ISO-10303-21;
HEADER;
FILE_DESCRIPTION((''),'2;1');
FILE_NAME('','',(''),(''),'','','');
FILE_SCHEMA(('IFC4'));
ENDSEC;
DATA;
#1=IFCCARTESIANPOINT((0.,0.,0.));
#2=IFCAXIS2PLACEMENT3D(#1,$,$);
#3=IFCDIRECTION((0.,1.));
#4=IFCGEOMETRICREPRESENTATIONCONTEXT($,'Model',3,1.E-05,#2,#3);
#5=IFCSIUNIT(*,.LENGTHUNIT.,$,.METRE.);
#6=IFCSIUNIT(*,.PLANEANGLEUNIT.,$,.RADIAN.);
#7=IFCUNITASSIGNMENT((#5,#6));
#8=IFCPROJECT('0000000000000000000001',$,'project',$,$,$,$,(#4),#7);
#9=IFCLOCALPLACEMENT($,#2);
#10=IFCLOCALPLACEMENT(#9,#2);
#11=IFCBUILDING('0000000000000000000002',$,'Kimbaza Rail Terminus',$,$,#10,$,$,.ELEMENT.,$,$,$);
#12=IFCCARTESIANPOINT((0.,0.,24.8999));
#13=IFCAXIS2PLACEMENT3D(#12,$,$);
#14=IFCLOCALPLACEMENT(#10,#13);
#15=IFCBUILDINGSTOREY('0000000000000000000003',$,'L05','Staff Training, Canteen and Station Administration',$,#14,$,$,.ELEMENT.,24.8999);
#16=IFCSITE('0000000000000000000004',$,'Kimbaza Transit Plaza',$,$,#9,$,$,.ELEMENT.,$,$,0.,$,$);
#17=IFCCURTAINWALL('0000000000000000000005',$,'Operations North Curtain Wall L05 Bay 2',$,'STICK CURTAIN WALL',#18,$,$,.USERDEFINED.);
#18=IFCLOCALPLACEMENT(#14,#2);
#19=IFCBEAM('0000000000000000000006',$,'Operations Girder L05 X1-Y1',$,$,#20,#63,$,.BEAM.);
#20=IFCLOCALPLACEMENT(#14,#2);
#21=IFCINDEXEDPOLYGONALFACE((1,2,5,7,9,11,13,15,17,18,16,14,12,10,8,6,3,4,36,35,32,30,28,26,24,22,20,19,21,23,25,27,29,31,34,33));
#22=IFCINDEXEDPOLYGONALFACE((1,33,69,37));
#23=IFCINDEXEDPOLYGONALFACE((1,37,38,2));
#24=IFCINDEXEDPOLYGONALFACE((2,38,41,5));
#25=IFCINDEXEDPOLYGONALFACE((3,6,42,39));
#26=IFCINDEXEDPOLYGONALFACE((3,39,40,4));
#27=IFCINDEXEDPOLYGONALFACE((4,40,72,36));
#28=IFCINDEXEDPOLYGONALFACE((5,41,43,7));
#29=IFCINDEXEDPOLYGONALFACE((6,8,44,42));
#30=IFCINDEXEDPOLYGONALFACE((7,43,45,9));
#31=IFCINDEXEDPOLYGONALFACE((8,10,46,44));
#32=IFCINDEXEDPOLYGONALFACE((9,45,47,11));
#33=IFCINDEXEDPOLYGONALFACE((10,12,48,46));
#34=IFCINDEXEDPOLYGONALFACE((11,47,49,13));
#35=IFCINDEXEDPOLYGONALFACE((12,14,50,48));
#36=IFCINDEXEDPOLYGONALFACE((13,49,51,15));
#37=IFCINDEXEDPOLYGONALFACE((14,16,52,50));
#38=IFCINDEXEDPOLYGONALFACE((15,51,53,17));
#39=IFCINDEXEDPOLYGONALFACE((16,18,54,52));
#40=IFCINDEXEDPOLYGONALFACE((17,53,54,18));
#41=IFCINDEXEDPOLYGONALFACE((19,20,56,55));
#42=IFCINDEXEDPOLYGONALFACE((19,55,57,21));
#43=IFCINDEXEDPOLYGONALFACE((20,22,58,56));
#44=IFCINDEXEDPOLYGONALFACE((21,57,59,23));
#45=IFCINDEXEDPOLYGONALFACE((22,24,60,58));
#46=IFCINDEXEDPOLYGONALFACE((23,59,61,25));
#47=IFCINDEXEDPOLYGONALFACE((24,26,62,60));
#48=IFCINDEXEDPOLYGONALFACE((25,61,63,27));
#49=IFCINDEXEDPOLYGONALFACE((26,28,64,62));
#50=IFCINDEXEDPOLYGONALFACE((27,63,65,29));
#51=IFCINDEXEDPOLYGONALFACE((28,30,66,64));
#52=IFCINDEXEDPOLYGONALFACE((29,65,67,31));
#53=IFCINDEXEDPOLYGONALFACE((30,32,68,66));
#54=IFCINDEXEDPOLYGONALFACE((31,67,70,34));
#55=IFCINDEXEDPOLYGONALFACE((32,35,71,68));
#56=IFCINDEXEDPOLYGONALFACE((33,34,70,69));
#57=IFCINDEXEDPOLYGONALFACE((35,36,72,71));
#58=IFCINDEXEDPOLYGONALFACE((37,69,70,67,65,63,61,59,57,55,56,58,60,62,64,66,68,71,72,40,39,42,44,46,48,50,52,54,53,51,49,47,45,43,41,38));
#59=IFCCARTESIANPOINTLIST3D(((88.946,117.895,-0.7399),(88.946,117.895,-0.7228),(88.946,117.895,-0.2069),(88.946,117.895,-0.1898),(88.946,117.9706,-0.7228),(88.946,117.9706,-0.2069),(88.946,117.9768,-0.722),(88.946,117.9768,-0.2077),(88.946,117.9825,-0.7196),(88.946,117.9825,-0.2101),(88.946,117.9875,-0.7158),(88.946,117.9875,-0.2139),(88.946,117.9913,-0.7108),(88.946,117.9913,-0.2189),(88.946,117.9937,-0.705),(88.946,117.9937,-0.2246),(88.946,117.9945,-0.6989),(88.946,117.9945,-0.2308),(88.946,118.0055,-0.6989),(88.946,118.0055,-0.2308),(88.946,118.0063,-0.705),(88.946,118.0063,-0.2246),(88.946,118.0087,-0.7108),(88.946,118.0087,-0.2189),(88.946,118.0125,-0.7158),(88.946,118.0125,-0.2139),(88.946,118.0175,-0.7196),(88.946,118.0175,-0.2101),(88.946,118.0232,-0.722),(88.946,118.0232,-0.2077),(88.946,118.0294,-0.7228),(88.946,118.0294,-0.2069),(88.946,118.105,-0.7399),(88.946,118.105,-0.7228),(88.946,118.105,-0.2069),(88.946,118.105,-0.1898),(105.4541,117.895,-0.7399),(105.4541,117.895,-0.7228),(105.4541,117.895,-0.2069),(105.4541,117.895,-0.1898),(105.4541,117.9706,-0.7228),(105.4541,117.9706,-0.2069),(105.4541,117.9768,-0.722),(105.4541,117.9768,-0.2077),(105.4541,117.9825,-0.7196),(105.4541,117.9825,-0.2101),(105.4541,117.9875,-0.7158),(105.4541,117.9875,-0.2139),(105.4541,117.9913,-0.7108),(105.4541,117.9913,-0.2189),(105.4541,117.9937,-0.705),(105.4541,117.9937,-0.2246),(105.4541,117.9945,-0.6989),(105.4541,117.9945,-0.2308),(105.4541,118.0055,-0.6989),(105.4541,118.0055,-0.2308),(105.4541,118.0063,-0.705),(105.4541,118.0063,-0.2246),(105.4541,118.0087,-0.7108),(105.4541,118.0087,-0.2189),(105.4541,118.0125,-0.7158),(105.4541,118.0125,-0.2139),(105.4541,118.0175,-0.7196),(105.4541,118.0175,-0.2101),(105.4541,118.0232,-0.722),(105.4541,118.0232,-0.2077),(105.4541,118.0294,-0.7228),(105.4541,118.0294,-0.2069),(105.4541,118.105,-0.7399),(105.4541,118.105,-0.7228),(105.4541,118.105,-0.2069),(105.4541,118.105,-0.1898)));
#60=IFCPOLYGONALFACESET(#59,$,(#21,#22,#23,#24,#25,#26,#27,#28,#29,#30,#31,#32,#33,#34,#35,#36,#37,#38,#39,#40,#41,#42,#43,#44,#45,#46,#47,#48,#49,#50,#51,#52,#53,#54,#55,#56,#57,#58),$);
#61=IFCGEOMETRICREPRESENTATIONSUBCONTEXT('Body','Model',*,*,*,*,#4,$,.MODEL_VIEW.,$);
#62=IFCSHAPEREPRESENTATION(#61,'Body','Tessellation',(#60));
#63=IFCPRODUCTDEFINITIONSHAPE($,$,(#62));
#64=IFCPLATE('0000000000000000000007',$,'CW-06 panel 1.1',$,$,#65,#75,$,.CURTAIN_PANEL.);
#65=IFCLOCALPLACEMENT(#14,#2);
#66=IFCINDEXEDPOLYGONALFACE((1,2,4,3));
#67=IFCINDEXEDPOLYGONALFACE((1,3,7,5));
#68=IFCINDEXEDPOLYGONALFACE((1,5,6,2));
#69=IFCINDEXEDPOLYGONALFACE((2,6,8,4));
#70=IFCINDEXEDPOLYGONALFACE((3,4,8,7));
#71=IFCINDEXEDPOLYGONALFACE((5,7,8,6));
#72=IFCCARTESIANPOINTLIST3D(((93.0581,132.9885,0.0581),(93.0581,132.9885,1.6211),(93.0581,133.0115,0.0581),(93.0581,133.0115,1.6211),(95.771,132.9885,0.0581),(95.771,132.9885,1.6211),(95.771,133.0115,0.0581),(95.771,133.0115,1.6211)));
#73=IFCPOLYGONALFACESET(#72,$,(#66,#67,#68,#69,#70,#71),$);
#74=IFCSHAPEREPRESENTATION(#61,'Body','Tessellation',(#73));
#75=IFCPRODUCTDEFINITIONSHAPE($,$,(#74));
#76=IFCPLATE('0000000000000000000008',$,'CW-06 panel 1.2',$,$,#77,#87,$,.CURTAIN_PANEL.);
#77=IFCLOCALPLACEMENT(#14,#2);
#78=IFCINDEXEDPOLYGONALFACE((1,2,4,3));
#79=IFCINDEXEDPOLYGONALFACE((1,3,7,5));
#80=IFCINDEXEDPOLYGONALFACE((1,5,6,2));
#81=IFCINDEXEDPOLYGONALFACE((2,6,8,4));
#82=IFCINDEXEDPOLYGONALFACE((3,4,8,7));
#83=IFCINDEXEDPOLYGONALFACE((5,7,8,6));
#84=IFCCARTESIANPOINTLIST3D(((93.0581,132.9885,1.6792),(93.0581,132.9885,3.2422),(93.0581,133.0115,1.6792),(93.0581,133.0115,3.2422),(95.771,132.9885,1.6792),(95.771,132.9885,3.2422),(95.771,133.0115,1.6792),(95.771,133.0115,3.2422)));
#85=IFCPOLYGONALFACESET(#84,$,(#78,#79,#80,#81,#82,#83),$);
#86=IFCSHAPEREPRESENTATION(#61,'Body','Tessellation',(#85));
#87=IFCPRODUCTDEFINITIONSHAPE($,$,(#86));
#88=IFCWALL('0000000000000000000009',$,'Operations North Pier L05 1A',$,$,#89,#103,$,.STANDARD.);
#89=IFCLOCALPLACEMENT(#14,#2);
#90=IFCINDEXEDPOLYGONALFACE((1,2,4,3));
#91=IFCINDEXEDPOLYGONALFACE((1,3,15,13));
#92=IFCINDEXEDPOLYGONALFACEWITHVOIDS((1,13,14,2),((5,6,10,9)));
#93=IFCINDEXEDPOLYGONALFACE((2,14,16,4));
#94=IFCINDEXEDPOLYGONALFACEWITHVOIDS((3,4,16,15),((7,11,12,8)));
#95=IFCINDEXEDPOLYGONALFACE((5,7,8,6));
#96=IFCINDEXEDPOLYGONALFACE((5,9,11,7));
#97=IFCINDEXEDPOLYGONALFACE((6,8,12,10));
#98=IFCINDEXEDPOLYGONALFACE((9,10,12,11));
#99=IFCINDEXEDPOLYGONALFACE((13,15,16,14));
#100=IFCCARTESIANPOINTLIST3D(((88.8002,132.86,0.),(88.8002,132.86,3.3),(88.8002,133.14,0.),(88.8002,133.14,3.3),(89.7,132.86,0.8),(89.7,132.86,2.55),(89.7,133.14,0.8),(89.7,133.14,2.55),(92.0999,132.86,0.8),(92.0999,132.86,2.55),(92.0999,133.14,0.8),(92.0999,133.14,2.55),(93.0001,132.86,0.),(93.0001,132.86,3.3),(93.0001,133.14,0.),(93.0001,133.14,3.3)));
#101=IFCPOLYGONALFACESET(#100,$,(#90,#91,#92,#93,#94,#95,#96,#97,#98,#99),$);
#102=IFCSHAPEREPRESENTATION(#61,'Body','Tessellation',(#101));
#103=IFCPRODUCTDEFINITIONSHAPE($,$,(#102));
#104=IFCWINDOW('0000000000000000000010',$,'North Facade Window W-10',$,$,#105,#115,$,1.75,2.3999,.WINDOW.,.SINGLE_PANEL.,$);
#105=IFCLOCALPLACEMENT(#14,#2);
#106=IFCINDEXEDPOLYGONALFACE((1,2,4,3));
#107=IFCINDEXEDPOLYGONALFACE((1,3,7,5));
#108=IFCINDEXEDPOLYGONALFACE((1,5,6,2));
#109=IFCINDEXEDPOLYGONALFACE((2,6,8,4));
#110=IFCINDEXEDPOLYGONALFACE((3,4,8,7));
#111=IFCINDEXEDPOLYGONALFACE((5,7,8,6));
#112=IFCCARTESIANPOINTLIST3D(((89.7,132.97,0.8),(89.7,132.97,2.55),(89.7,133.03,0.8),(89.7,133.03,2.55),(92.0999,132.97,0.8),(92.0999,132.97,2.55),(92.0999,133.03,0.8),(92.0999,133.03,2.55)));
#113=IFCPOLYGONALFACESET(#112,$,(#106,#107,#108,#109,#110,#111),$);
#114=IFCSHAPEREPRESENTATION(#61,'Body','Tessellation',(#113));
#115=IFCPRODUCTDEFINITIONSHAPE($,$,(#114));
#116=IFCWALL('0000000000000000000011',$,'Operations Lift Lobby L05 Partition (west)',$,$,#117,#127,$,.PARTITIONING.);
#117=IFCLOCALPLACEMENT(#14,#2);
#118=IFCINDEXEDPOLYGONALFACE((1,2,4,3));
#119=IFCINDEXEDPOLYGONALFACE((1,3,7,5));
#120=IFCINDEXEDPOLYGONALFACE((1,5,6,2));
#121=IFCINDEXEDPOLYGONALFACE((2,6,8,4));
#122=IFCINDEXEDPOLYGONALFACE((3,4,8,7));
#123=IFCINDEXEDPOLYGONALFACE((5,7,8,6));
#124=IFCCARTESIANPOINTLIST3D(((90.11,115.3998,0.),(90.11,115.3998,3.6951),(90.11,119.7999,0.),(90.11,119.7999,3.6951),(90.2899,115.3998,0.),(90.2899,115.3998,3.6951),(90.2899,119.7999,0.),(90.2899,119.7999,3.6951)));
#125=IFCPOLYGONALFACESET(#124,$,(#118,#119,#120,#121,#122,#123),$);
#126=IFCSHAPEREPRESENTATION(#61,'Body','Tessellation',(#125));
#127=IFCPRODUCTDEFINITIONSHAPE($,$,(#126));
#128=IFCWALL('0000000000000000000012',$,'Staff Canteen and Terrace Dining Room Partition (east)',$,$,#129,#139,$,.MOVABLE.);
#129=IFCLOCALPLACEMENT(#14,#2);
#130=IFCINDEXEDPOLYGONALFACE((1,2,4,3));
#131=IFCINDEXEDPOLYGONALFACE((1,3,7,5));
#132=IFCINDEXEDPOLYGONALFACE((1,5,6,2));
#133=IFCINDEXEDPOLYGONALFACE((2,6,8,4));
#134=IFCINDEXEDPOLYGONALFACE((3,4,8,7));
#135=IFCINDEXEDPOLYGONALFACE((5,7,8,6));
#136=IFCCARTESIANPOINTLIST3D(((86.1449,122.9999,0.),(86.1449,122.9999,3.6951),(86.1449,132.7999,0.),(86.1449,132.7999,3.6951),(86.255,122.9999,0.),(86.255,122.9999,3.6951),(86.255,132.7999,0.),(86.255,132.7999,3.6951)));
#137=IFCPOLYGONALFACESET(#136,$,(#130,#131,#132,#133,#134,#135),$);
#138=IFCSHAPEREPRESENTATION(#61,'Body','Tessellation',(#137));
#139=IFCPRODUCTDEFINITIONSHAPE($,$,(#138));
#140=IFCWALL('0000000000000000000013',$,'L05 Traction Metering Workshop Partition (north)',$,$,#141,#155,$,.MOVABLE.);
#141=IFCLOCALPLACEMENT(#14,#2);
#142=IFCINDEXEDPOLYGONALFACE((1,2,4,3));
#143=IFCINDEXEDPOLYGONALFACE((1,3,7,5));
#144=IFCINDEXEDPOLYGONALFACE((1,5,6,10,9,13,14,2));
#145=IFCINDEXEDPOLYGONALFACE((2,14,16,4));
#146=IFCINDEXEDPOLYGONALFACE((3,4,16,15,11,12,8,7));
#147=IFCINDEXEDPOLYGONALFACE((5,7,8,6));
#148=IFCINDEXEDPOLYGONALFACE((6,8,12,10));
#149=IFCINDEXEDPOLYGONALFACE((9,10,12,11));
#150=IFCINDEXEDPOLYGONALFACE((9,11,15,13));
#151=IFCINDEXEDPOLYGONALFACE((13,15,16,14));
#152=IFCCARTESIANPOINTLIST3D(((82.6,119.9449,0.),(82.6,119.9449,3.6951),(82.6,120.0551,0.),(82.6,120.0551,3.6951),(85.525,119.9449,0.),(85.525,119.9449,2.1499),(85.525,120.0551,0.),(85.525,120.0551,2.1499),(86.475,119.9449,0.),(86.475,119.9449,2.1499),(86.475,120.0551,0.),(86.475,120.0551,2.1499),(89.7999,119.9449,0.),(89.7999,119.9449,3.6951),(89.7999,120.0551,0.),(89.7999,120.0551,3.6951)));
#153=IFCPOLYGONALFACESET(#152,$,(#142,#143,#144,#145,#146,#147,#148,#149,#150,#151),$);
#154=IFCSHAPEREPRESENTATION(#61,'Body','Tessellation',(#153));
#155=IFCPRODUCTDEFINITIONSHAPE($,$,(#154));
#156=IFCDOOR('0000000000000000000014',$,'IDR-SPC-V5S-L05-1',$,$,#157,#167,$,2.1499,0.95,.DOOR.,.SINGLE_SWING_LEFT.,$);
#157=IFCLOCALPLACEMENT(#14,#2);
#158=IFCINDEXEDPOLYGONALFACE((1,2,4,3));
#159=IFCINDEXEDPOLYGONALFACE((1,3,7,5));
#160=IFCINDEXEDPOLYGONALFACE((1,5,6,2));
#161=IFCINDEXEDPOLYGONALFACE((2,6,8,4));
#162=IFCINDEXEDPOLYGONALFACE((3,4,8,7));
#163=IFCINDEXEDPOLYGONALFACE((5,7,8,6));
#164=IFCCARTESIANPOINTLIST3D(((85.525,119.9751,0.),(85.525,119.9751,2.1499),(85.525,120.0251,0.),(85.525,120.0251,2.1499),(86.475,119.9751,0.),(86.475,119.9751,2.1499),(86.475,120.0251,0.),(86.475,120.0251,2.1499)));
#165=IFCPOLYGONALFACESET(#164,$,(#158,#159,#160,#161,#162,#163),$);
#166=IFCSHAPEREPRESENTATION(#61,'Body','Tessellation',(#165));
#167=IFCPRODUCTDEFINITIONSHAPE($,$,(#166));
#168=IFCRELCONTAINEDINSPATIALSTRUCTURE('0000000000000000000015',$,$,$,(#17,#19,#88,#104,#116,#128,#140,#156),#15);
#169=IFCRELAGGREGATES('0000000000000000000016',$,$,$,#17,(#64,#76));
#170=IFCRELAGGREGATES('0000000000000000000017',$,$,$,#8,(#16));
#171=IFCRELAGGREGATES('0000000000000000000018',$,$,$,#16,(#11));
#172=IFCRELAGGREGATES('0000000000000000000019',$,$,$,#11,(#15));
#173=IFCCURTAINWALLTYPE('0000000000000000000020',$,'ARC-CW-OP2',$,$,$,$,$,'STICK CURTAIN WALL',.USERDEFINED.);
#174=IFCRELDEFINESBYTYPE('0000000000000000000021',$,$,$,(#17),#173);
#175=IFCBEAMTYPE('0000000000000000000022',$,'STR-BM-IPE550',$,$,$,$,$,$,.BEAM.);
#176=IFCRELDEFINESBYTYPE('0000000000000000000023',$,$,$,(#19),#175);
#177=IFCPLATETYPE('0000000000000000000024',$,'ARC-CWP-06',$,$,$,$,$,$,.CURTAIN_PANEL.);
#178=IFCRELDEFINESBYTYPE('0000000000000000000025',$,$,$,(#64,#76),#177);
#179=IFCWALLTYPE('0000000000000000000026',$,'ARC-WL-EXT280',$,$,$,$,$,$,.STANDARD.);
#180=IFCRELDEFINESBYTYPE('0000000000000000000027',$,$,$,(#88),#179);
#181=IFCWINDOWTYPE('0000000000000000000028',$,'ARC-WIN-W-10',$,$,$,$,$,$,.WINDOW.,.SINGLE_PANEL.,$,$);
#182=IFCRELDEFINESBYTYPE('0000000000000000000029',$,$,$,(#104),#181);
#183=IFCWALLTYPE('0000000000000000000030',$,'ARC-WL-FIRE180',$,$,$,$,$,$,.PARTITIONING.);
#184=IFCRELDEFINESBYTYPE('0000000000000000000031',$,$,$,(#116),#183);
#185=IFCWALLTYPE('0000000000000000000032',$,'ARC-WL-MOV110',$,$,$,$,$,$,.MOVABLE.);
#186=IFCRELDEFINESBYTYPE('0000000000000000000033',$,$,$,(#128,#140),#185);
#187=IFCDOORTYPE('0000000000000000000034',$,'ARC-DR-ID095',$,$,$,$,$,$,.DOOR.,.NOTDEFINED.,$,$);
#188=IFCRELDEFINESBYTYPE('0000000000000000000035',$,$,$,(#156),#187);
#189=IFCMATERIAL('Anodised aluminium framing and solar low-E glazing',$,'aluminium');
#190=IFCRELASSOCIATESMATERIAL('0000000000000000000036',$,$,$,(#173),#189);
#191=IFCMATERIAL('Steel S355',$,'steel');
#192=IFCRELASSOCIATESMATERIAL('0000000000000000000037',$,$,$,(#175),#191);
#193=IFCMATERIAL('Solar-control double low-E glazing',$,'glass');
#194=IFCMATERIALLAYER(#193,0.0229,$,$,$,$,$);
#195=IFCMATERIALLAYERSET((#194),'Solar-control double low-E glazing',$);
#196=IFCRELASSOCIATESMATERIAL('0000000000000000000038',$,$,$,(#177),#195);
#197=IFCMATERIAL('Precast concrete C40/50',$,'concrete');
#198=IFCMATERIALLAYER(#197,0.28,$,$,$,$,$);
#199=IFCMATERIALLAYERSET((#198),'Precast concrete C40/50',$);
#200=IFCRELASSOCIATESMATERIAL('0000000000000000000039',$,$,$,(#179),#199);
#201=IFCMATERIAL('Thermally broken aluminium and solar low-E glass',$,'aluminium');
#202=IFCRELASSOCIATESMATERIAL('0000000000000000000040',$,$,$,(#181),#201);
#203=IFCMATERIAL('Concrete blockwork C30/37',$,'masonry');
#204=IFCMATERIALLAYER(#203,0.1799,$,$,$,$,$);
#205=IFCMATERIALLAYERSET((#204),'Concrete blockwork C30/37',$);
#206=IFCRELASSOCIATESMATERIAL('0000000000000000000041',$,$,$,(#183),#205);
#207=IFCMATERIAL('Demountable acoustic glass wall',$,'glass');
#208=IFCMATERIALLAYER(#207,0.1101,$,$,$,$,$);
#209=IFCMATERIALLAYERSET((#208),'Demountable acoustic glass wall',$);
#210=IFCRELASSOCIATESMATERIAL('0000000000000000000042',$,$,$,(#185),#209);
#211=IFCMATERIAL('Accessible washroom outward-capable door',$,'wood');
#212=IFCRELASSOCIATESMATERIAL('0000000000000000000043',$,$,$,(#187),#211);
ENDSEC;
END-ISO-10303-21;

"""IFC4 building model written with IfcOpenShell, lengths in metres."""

from ifc_helpers import new_model, si_unit, direction, frame, frame_2d, origin, origin_2d, place, context, subcontext, project, spatial, rectangle, i_section, extrude, material, layer, layer_set, material_profile, profile_set, type_object, element, fill, aggregate, save


model = new_model("IFC4")

# Units and contexts
model_context = context("Model", 3, precision=1e-05, world=origin(), true_north=direction((0.0, 1.0)))
body_context = subcontext(model_context, "Body", "Model", "MODEL_VIEW")
ifc_project = project(units=[si_unit("LENGTHUNIT", "METRE"), si_unit("PLANEANGLEUNIT", "RADIAN")], contexts=[model_context])

# Site, building, storey
site_placement = place(None, origin())
site = spatial("IfcSite", under=ifc_project, at=site_placement, Name="Kimbaza Transit Plaza", CompositionType="ELEMENT", RefElevation=0.0)
building_placement = place(site_placement, origin())
building = spatial("IfcBuilding", under=site, at=building_placement, Name="Kimbaza Rail Terminus", CompositionType="ELEMENT")
storey_placement = place(building_placement, frame((0.0, 0.0, 24.8999)))
storey = spatial("IfcBuildingStorey", under=building, at=storey_placement, Name="L05", Description="Staff Training, Canteen and Station Administration", CompositionType="ELEMENT", Elevation=24.8999)

# Curtain wall
ifc_material_1 = material(Name="Anodised aluminium framing and solar low-E glazing", Category="aluminium")
curtain_wall_type = type_object("IfcCurtainWallType", Name="ARC-CW-OP2", ElementType="STICK CURTAIN WALL", PredefinedType="USERDEFINED", material=ifc_material_1)
curtain_wall_placement = place(storey_placement, origin())
curtain_wall = element("IfcCurtainWall", 1, at=curtain_wall_placement, inside=storey, type_object=curtain_wall_type, Name="Operations North Curtain Wall L05 Bay 2", ObjectType="STICK CURTAIN WALL", PredefinedType="USERDEFINED")

# Beam
ifc_material_2 = material(Name="Steel S355", Category="steel")
ifc_material_profile_1 = material_profile(ifc_material_2, i_section(OverallWidth=0.21, OverallDepth=0.55, WebThickness=0.011, FlangeThickness=0.0171, FilletRadius=0.0239, at=origin_2d()), Name="IPE 550")
ifc_profile_set_1 = profile_set([ifc_material_profile_1], Name="Steel S355")
beam_type_1 = type_object("IfcBeamType", Name="STR-BM-IPE550", PredefinedType="BEAM", material=ifc_profile_set_1)
beam_1_placement = place(storey_placement, frame((88.946, 118.0, -0.4648), z_axis=(1.0, 0.0, 0.0), x_axis=(0.0, 1.0, 0.0)))
element("IfcBeam", 2, at=beam_1_placement, inside=storey, type_object=beam_type_1, Name="Operations Girder L05 X1-Y1", PredefinedType="BEAM", context=body_context, shape_type="SweptSolid", body=[
    extrude(i_section(OverallWidth=0.21, OverallDepth=0.55, WebThickness=0.011, FlangeThickness=0.0171, FilletRadius=0.0239, at=origin_2d()), origin(), (0.0, 0.0, 1.0), 16.5081),
])

# Plates
ifc_material_3 = material(Name="Solar-control double low-E glazing", Category="glass")
ifc_layer_1 = layer(ifc_material_3, 0.0229)
ifc_layer_set_1 = layer_set([ifc_layer_1], Name="Solar-control double low-E glazing")
plate_type = type_object("IfcPlateType", Name="ARC-CWP-06", PredefinedType="CURTAIN_PANEL", material=ifc_layer_set_1)
plate_1_placement = place(storey_placement, frame((94.4146, 133.0, 0.0581), z_axis=(0.0, 0.0, 1.0), x_axis=(1.0, 0.0, 0.0)))
plate_1 = element("IfcPlate", 3, at=plate_1_placement, type_object=plate_type, Name="CW-06 panel 1.1", PredefinedType="CURTAIN_PANEL", context=body_context, shape_type="SweptSolid", body=[
    extrude(rectangle(XDim=2.7129, YDim=0.0229, at=origin_2d()), origin(), (0.0, 0.0, 1.0), 1.563),
])
plate_2_placement = place(storey_placement, frame((94.4146, 133.0, 1.6792), z_axis=(0.0, 0.0, 1.0), x_axis=(1.0, 0.0, 0.0)))
plate_2 = element("IfcPlate", 4, at=plate_2_placement, type_object=plate_type, Name="CW-06 panel 1.2", PredefinedType="CURTAIN_PANEL", context=body_context, shape_type="SweptSolid", body=[
    extrude(rectangle(XDim=2.7129, YDim=0.0229, at=origin_2d()), origin(), (0.0, 0.0, 1.0), 1.563),
])
aggregate(curtain_wall, [plate_1, plate_2])

# Wall, opening, window
ifc_material_4 = material(Name="Precast concrete C40/50", Category="concrete")
ifc_layer_2 = layer(ifc_material_4, 0.28)
ifc_layer_set_2 = layer_set([ifc_layer_2], Name="Precast concrete C40/50")
wall_type_1 = type_object("IfcWallType", Name="ARC-WL-EXT280", PredefinedType="STANDARD", material=ifc_layer_set_2)
wall_1_placement = place(storey_placement, frame((88.8, 133.0, 0.0), z_axis=(0.0, 0.0, 1.0), x_axis=(1.0, 0.0, 0.0)))
wall_1 = element("IfcWall", 5, at=wall_1_placement, inside=storey, type_object=wall_type_1, Name="Operations North Pier L05 1A", PredefinedType="STANDARD", context=body_context, shape_type="SweptSolid", body=[
    extrude(rectangle(XDim=4.2, YDim=0.28, at=frame_2d((2.1001, 0.0))), origin(), (0.0, 0.0, 1.0), 3.3),
])
opening_1_placement = place(wall_1_placement, frame((0.8999, 0.0, 0.8)))
opening_1 = element("IfcOpeningElement", 6, at=opening_1_placement, cuts=wall_1, PredefinedType="OPENING", context=body_context, shape_type="SweptSolid", body=[
    extrude(rectangle(XDim=2.3999, YDim=1.75, at=frame_2d((1.2, 0.875))), frame((0.0, 0.1499, 0.0), z_axis=(0.0, -1.0, 0.0), x_axis=(1.0, 0.0, 0.0)), (0.0, 0.0, 1.0), 0.3),
])
ifc_material_5 = material(Name="Thermally broken aluminium and solar low-E glass", Category="aluminium")
window_type = type_object("IfcWindowType", Name="ARC-WIN-W-10", PartitioningType="SINGLE_PANEL", PredefinedType="WINDOW", material=ifc_material_5)
window_placement = place(opening_1_placement, origin())
window = element("IfcWindow", 7, at=window_placement, inside=storey, type_object=window_type, Name="North Facade Window W-10", OverallHeight=1.75, OverallWidth=2.3999, PartitioningType="SINGLE_PANEL", PredefinedType="WINDOW", context=body_context, shape_type="SweptSolid", body=[
    extrude(rectangle(XDim=2.3999, YDim=1.75, at=frame_2d((1.2, 0.875))), frame((0.0, 0.03, 0.0), z_axis=(0.0, -1.0, 0.0), x_axis=(1.0, 0.0, 0.0)), (0.0, 0.0, 1.0), 0.0601),
])
fill(opening_1, window)

# Walls
ifc_material_6 = material(Name="Concrete blockwork C30/37", Category="masonry")
ifc_layer_3 = layer(ifc_material_6, 0.1799)
ifc_layer_set_3 = layer_set([ifc_layer_3], Name="Concrete blockwork C30/37")
wall_type_2 = type_object("IfcWallType", Name="ARC-WL-FIRE180", PredefinedType="PARTITIONING", material=ifc_layer_set_3)
wall_2_placement = place(storey_placement, frame((90.2, 119.8, 0.0), z_axis=(0.0, 0.0, 1.0), x_axis=(0.0, -1.0, 0.0)))
element("IfcWall", 8, at=wall_2_placement, inside=storey, type_object=wall_type_2, Name="Operations Lift Lobby L05 Partition (west)", PredefinedType="PARTITIONING", context=body_context, shape_type="SweptSolid", body=[
    extrude(rectangle(XDim=4.4001, YDim=0.1799, at=frame_2d((2.2002, 0.0))), origin(), (0.0, 0.0, 1.0), 3.6951),
])
ifc_material_7 = material(Name="Demountable acoustic glass wall", Category="glass")
ifc_layer_4 = layer(ifc_material_7, 0.1101)
ifc_layer_set_4 = layer_set([ifc_layer_4], Name="Demountable acoustic glass wall")
wall_type_3 = type_object("IfcWallType", Name="ARC-WL-MOV110", PredefinedType="MOVABLE", material=ifc_layer_set_4)
wall_3_placement = place(storey_placement, frame((86.2, 123.0, 0.0), z_axis=(0.0, 0.0, 1.0), x_axis=(0.0, 1.0, 0.0)))
element("IfcWall", 9, at=wall_3_placement, inside=storey, type_object=wall_type_3, Name="Staff Canteen and Terrace Dining Room Partition (east)", PredefinedType="MOVABLE", context=body_context, shape_type="SweptSolid", body=[
    extrude(rectangle(XDim=9.8, YDim=0.1101, at=frame_2d((4.8999, 0.0))), origin(), (0.0, 0.0, 1.0), 3.6951),
])

# Wall, opening, door
wall_4_placement = place(storey_placement, frame((89.8, 120.0, 0.0), z_axis=(0.0, 0.0, 1.0), x_axis=(-1.0, 0.0, 0.0)))
wall_4 = element("IfcWall", 10, at=wall_4_placement, inside=storey, type_object=wall_type_3, Name="L05 Traction Metering Workshop Partition (north)", PredefinedType="MOVABLE", context=body_context, shape_type="SweptSolid", body=[
    extrude(rectangle(XDim=7.2, YDim=0.1101, at=frame_2d((3.6001, 0.0))), origin(), (0.0, 0.0, 1.0), 3.6951),
])
opening_2_placement = place(wall_4_placement, frame((3.325, 0.0, 0.0)))
opening_2 = element("IfcOpeningElement", 11, at=opening_2_placement, cuts=wall_4, PredefinedType="OPENING", context=body_context, shape_type="SweptSolid", body=[
    extrude(rectangle(XDim=0.95, YDim=2.1499, at=frame_2d((0.4751, 1.075))), frame((0.0, 0.0649, 0.0), z_axis=(0.0, -1.0, 0.0), x_axis=(1.0, 0.0, 0.0)), (0.0, 0.0, 1.0), 0.1301),
])
ifc_material_8 = material(Name="Accessible washroom outward-capable door", Category="wood")
door_type_1 = type_object("IfcDoorType", Name="ARC-DR-ID095", OperationType="NOTDEFINED", PredefinedType="DOOR", material=ifc_material_8)
door_1_placement = place(opening_2_placement, origin())
door_1 = element("IfcDoor", 12, at=door_1_placement, inside=storey, type_object=door_type_1, Name="IDR-SPC-V5S-L05-1", OperationType="SINGLE_SWING_LEFT", OverallHeight=2.1499, OverallWidth=0.95, PredefinedType="DOOR", context=body_context, shape_type="SweptSolid", body=[
    extrude(rectangle(XDim=0.95, YDim=2.1499, at=frame_2d((0.4751, 1.075))), frame((0.0, 0.0249, 0.0), z_axis=(0.0, -1.0, 0.0), x_axis=(1.0, 0.0, 0.0)), (0.0, 0.0, 1.0), 0.05),
])
fill(opening_2, door_1)

save(model, "model.ifc")
